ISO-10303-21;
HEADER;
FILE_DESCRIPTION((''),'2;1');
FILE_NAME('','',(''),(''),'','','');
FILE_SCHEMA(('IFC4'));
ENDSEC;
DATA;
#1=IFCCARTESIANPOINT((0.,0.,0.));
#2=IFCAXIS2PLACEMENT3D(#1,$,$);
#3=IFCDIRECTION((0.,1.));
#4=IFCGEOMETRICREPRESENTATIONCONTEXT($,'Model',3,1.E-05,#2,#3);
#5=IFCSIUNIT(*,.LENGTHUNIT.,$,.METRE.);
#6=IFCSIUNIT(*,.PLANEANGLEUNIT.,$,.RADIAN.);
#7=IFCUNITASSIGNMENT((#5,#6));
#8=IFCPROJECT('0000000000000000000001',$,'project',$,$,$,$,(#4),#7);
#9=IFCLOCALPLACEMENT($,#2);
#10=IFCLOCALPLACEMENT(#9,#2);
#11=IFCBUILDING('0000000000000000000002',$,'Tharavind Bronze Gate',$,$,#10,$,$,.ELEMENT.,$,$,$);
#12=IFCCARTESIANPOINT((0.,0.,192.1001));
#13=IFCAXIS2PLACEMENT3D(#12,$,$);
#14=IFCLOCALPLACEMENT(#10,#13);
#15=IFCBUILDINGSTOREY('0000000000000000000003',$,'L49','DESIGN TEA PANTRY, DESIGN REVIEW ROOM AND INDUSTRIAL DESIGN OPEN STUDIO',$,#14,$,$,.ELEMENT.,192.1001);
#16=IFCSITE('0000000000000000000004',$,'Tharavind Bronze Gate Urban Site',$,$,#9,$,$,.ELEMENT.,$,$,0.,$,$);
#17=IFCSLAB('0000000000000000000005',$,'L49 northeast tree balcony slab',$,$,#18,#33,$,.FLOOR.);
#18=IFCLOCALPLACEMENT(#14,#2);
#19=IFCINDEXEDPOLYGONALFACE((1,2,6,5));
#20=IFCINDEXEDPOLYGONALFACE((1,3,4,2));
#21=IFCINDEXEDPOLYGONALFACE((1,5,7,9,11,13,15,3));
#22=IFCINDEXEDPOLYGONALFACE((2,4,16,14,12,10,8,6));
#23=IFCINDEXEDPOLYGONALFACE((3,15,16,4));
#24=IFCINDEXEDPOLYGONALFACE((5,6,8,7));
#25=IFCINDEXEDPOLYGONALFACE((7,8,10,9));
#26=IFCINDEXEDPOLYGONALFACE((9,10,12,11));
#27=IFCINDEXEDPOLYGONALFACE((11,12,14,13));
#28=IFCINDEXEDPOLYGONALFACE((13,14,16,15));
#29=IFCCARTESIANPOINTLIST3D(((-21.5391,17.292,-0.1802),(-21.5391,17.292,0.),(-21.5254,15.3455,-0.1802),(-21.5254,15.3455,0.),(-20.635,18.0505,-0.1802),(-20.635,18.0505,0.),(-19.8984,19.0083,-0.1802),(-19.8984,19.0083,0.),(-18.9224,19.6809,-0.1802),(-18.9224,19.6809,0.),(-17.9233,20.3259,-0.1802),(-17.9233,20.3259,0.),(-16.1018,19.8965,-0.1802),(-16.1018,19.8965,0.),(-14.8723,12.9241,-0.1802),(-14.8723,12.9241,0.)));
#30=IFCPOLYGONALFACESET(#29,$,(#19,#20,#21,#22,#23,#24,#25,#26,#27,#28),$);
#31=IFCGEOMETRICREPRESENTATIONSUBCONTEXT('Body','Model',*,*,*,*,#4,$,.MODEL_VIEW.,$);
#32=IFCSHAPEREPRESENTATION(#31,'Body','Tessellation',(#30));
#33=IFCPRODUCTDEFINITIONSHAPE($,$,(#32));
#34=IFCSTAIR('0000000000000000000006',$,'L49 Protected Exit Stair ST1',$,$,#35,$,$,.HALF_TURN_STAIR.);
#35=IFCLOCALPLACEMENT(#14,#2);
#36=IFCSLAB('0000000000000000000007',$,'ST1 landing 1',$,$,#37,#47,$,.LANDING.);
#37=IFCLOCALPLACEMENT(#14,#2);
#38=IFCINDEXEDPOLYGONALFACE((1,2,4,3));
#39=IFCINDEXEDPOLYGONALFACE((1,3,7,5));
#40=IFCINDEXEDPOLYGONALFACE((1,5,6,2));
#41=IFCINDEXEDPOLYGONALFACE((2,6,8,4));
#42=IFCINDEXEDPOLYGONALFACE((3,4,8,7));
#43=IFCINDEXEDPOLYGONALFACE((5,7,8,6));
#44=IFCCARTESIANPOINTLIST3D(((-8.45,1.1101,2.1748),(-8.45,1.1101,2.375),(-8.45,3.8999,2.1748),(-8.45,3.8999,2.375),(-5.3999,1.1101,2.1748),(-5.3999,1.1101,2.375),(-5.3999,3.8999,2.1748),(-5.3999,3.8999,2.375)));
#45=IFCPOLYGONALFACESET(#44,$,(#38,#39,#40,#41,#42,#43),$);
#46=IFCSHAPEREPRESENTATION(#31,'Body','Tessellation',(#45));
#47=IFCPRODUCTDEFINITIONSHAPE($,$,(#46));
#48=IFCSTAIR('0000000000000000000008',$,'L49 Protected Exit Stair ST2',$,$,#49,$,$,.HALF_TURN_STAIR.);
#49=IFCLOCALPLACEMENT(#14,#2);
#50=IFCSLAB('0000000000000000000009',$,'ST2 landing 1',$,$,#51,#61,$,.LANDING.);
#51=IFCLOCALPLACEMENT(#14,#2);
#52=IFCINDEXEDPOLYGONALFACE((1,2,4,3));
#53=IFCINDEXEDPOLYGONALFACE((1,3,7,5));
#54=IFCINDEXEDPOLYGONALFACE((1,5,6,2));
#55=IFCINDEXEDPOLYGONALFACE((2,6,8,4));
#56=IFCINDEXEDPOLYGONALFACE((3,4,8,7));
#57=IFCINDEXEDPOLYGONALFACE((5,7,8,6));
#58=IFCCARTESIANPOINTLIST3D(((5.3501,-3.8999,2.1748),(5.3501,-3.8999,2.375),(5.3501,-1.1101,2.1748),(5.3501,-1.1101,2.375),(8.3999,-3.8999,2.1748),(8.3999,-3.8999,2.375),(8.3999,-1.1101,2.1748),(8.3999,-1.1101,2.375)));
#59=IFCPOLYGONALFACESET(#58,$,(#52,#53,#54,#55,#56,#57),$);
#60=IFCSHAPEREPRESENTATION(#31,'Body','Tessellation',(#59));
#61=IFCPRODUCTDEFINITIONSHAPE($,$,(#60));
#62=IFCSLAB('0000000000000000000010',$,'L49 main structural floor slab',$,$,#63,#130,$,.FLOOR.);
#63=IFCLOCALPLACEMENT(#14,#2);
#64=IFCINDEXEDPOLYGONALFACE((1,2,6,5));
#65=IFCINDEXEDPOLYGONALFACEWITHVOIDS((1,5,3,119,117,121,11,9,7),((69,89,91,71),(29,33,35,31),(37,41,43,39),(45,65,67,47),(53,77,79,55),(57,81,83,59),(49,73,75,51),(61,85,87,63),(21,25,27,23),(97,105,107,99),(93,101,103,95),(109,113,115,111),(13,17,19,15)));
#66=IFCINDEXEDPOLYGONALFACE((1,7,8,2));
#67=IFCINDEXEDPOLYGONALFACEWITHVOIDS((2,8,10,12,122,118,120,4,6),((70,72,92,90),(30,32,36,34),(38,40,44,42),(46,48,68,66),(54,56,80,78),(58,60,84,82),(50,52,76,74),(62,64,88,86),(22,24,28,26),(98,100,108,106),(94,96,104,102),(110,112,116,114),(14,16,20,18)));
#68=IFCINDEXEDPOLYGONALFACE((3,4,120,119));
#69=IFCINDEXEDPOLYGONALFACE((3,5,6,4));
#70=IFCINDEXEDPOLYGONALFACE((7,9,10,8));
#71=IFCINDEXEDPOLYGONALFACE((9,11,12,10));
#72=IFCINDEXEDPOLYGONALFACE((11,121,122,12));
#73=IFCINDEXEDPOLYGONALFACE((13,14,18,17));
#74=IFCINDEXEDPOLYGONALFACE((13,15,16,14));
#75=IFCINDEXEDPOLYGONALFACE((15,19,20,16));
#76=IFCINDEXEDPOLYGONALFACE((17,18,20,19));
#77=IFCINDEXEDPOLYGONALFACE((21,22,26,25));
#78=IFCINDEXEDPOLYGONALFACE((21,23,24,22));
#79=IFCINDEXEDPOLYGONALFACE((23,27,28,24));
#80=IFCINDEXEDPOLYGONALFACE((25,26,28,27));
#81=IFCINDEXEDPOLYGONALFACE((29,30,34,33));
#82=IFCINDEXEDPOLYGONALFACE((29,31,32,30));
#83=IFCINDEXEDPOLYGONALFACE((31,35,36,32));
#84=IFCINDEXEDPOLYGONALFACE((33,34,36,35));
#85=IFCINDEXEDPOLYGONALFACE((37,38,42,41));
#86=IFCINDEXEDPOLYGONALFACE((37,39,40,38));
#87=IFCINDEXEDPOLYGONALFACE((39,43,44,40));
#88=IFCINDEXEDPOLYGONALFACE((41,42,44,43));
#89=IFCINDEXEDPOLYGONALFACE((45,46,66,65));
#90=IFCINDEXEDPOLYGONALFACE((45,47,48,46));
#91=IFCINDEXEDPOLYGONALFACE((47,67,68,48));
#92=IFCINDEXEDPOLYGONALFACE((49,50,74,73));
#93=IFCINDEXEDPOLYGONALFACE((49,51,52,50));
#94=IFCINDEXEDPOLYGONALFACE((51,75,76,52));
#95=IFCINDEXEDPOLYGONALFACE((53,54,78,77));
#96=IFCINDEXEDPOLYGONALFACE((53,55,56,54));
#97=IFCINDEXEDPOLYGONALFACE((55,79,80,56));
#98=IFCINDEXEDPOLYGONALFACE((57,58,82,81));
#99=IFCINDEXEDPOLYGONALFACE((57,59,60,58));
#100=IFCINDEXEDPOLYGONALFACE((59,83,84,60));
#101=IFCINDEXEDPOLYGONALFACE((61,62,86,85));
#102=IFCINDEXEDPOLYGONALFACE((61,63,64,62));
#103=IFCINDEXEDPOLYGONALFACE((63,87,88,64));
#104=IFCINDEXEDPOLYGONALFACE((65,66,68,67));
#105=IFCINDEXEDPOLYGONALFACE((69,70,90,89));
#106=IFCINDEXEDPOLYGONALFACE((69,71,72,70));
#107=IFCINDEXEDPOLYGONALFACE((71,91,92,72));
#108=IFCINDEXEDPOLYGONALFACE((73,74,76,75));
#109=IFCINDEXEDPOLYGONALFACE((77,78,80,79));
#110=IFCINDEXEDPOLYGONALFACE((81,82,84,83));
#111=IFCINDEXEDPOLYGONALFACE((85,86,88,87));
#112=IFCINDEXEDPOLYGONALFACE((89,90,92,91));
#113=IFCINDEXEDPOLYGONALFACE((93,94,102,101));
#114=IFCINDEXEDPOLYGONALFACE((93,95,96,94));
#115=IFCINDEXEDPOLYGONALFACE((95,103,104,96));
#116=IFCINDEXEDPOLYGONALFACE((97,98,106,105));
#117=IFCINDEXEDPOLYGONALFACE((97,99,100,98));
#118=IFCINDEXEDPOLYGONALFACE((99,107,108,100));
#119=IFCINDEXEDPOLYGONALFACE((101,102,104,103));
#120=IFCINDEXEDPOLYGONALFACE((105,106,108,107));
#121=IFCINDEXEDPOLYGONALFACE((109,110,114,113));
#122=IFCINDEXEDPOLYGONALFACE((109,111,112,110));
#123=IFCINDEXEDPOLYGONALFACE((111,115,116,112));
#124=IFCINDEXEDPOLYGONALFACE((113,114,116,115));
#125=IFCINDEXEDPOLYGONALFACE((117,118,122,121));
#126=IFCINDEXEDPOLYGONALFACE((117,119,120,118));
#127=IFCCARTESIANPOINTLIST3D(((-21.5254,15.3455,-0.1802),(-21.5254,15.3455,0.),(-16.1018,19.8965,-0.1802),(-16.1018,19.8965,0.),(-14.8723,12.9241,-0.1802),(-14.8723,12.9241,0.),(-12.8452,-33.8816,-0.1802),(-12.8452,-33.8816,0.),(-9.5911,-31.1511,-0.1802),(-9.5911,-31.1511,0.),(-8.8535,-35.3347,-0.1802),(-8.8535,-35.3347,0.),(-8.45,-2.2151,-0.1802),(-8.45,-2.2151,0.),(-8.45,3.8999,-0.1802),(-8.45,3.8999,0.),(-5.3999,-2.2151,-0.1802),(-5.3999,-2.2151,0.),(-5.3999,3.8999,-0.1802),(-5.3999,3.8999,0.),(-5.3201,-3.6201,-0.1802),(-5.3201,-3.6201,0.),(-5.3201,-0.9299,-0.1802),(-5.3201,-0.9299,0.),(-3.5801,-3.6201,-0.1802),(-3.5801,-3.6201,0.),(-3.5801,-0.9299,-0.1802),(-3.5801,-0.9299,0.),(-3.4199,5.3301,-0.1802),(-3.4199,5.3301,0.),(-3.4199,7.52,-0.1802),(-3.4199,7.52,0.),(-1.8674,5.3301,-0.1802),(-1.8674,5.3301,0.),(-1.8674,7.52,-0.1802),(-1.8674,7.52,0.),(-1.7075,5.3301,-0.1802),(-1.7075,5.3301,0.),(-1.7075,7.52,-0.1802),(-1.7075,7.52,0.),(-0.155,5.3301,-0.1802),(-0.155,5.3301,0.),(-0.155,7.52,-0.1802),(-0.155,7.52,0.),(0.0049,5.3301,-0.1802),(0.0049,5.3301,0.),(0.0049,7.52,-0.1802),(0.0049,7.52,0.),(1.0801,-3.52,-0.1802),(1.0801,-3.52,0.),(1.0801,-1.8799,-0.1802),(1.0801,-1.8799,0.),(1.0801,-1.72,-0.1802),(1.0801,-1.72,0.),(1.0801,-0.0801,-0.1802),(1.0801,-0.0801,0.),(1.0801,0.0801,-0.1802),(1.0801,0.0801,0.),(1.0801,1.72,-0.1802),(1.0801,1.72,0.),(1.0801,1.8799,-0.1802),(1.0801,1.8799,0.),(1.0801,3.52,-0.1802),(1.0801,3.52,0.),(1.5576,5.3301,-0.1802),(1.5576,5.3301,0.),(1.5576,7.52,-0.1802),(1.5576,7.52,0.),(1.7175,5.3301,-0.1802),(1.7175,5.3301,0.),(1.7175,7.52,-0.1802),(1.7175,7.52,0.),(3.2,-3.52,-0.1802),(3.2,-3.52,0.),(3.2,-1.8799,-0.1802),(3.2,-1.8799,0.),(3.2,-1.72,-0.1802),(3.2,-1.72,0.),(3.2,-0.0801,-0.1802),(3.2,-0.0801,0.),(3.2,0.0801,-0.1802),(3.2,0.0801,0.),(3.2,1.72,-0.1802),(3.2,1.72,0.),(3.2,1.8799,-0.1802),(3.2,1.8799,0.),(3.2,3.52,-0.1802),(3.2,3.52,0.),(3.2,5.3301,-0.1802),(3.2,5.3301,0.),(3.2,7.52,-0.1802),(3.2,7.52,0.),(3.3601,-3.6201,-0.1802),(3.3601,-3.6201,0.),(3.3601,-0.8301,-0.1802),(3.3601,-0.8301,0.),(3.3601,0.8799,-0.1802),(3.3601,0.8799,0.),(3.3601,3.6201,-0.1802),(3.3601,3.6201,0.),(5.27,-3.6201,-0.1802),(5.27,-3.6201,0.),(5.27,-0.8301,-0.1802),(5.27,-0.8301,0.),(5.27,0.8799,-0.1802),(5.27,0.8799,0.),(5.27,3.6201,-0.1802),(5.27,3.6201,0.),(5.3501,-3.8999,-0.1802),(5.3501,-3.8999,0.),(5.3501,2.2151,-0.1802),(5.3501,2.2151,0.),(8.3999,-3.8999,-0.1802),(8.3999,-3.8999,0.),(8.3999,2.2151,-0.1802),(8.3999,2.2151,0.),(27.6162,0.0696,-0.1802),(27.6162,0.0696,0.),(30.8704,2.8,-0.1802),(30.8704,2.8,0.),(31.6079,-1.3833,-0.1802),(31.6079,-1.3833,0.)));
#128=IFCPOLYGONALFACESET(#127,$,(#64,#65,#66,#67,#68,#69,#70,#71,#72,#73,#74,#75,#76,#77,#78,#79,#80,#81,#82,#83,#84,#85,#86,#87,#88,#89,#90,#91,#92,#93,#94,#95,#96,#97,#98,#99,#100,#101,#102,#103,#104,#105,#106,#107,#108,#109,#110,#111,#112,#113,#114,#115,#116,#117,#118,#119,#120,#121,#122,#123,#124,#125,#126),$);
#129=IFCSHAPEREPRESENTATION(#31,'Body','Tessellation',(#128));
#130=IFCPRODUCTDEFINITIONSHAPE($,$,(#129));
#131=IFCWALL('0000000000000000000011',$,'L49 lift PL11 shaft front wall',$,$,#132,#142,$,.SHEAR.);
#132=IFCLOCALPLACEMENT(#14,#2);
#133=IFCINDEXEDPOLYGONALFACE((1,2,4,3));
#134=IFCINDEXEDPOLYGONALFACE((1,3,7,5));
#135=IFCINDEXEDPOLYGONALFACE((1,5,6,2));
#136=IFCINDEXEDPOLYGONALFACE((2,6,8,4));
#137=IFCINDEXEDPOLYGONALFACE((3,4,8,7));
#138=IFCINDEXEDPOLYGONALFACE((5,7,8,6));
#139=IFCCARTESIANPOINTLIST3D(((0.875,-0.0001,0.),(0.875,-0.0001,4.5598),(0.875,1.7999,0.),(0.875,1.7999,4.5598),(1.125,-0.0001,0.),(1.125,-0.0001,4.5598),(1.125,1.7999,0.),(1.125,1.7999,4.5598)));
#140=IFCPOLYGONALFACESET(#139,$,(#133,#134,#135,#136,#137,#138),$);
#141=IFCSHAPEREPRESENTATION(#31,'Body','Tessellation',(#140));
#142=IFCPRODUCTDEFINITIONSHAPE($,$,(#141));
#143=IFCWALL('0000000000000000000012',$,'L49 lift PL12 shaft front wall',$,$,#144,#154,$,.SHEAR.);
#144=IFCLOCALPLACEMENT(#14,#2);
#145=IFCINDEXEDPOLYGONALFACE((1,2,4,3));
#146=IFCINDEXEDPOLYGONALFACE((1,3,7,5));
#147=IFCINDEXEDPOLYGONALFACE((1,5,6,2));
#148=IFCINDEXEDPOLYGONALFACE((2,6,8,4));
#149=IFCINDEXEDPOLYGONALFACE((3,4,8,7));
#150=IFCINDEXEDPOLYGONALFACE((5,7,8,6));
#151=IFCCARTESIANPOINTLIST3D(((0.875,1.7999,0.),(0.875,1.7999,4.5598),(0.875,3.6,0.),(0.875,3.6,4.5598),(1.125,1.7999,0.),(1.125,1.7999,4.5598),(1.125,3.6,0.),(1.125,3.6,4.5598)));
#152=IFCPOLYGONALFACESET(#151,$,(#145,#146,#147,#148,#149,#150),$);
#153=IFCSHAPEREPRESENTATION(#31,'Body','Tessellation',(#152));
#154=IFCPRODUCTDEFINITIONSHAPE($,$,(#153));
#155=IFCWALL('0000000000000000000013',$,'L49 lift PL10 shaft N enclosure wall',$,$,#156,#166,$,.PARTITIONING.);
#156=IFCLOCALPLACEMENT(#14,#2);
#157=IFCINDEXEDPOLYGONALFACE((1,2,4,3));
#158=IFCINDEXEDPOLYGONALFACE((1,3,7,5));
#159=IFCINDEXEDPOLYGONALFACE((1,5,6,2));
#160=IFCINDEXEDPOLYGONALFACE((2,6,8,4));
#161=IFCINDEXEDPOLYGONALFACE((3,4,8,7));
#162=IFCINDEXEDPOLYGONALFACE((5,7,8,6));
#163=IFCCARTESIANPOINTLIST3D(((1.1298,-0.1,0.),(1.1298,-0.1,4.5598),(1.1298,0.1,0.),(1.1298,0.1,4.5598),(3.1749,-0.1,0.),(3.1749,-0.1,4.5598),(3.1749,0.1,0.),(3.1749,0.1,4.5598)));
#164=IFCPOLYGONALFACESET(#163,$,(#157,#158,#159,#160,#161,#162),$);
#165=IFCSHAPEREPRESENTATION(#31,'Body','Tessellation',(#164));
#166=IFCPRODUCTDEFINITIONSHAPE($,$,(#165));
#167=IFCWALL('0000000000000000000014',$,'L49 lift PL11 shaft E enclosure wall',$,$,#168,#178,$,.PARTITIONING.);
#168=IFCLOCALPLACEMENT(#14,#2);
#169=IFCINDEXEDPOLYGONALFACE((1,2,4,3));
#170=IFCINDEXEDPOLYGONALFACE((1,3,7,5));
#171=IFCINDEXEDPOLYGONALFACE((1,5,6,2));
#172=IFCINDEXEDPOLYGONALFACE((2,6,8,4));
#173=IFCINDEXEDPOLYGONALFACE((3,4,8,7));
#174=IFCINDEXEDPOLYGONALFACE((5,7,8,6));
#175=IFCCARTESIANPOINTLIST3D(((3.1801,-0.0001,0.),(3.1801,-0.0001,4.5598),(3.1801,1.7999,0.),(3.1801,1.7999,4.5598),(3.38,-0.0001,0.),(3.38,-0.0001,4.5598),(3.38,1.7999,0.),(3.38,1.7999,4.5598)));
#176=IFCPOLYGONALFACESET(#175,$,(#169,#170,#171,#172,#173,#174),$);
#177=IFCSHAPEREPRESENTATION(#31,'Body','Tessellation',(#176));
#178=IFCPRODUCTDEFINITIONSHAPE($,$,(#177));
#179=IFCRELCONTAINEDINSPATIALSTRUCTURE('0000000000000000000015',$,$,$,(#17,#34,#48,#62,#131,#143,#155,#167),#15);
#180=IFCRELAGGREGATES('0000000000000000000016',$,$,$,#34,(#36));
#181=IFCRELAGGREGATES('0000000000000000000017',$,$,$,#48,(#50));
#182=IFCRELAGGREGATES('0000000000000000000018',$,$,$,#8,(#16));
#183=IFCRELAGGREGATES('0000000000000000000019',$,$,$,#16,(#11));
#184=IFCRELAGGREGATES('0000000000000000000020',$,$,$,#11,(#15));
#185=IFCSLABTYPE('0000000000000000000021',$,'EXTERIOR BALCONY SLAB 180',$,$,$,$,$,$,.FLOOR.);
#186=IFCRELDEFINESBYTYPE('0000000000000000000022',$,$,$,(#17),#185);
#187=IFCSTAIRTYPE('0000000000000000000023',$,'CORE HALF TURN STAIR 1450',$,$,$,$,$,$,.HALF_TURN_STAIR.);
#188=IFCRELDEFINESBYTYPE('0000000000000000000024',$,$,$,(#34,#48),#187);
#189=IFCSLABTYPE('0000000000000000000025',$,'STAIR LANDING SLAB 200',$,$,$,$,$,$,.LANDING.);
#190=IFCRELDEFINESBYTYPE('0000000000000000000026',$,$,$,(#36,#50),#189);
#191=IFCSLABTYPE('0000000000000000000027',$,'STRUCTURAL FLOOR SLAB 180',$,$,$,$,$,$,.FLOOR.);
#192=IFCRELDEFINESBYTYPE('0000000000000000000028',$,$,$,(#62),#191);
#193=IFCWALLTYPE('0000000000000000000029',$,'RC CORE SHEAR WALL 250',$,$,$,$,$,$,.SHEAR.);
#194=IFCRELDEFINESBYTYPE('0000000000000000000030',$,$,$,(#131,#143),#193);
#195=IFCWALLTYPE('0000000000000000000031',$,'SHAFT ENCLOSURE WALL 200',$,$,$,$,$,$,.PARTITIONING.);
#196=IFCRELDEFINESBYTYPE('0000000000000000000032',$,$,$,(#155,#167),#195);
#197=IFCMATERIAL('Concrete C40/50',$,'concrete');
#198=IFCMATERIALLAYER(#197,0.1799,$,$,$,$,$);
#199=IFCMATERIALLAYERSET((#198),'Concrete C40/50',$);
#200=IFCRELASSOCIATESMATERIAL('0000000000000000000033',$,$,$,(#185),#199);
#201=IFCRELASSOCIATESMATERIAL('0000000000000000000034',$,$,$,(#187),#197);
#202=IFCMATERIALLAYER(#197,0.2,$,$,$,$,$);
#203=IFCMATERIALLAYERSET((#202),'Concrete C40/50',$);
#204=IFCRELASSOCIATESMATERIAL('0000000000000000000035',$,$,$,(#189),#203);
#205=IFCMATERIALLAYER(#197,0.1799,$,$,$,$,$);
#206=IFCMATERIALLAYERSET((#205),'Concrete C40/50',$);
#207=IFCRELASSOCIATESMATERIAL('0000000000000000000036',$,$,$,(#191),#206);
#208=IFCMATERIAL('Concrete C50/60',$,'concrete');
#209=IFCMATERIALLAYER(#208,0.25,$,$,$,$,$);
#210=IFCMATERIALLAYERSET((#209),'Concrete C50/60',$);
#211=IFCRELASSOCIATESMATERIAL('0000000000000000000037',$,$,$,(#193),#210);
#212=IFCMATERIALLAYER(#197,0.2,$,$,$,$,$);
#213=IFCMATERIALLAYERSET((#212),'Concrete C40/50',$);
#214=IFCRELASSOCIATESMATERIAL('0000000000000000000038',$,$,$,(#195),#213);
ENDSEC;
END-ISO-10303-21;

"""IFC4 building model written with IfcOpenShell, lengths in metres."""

from ifc_helpers import new_model, si_unit, direction, frame, frame_2d, origin, place, context, subcontext, project, spatial, polyline, rectangle, outline, extrude, material, layer, layer_set, type_object, element, aggregate, save


model = new_model("IFC4")

# Units and contexts
model_context = context("Model", 3, precision=1e-05, world=origin(), true_north=direction((0.0, 1.0)))
body_context = subcontext(model_context, "Body", "Model", "MODEL_VIEW")
ifc_project = project(units=[si_unit("LENGTHUNIT", "METRE"), si_unit("PLANEANGLEUNIT", "RADIAN")], contexts=[model_context])

# Site, building, storey
site_placement = place(None, origin())
site = spatial("IfcSite", under=ifc_project, at=site_placement, Name="Tharavind Bronze Gate Urban Site", CompositionType="ELEMENT", RefElevation=0.0)
building_placement = place(site_placement, origin())
building = spatial("IfcBuilding", under=site, at=building_placement, Name="Tharavind Bronze Gate", CompositionType="ELEMENT")
storey_placement = place(building_placement, frame((0.0, 0.0, 192.1001)))
storey = spatial("IfcBuildingStorey", under=building, at=storey_placement, Name="L49", Description="DESIGN TEA PANTRY, DESIGN REVIEW ROOM AND INDUSTRIAL DESIGN OPEN STUDIO", CompositionType="ELEMENT", Elevation=192.1001)

# Slab
ifc_material_1 = material(Name="Concrete C40/50", Category="concrete")
ifc_layer_1 = layer(ifc_material_1, 0.1799)
ifc_layer_set_1 = layer_set([ifc_layer_1], Name="Concrete C40/50")
slab_type_1 = type_object("IfcSlabType", Name="EXTERIOR BALCONY SLAB 180", PredefinedType="FLOOR", material=ifc_layer_set_1)
slab_1_placement = place(storey_placement, frame((0.0, 0.0, -0.1802)))
element("IfcSlab", 1, at=slab_1_placement, inside=storey, type_object=slab_type_1, Name="L49 northeast tree balcony slab", PredefinedType="FLOOR", context=body_context, shape_type="SweptSolid", body=[
    extrude(outline(polyline([(-17.9233, 20.3259), (-18.9224, 19.6809), (-19.8984, 19.0083), (-20.635, 18.0505), (-21.5391, 17.292), (-21.5254, 15.3455), (-14.8723, 12.9241), (-16.1018, 19.8965), (-17.9233, 20.3259)])), origin(), (0.0, 0.0, 1.0), 0.1802),
])

# Stairs, slabs
stair_type = type_object("IfcStairType", Name="CORE HALF TURN STAIR 1450", PredefinedType="HALF_TURN_STAIR", material=ifc_material_1)
stair_1_placement = place(storey_placement, origin())
stair_1 = element("IfcStair", 2, at=stair_1_placement, inside=storey, type_object=stair_type, Name="L49 Protected Exit Stair ST1", PredefinedType="HALF_TURN_STAIR")
ifc_layer_2 = layer(ifc_material_1, 0.2)
ifc_layer_set_2 = layer_set([ifc_layer_2], Name="Concrete C40/50")
slab_type_2 = type_object("IfcSlabType", Name="STAIR LANDING SLAB 200", PredefinedType="LANDING", material=ifc_layer_set_2)
slab_2_placement = place(storey_placement, frame((0.0, 0.0, 2.1748)))
slab_2 = element("IfcSlab", 3, at=slab_2_placement, type_object=slab_type_2, Name="ST1 landing 1", PredefinedType="LANDING", context=body_context, shape_type="SweptSolid", body=[
    extrude(outline(polyline([(-5.3999, 1.1101), (-5.3999, 3.8999), (-8.45, 3.8999), (-8.45, 1.1101), (-5.3999, 1.1101)])), origin(), (0.0, 0.0, 1.0), 0.2002),
])
aggregate(stair_1, [slab_2])
stair_2_placement = place(storey_placement, origin())
stair_2 = element("IfcStair", 4, at=stair_2_placement, inside=storey, type_object=stair_type, Name="L49 Protected Exit Stair ST2", PredefinedType="HALF_TURN_STAIR")
slab_3_placement = place(storey_placement, frame((0.0, 0.0, 2.1748)))
slab_3 = element("IfcSlab", 5, at=slab_3_placement, type_object=slab_type_2, Name="ST2 landing 1", PredefinedType="LANDING", context=body_context, shape_type="SweptSolid", body=[
    extrude(outline(polyline([(5.3501, -1.1101), (5.3501, -3.8999), (8.3999, -3.8999), (8.3999, -1.1101), (5.3501, -1.1101)])), origin(), (0.0, 0.0, 1.0), 0.2002),
])
aggregate(stair_2, [slab_3])

# Slab
ifc_layer_3 = layer(ifc_material_1, 0.1799)
ifc_layer_set_3 = layer_set([ifc_layer_3], Name="Concrete C40/50")
slab_type_3 = type_object("IfcSlabType", Name="STRUCTURAL FLOOR SLAB 180", PredefinedType="FLOOR", material=ifc_layer_set_3)
slab_4_placement = place(storey_placement, frame((0.0, 0.0, -0.1802)))
element("IfcSlab", 6, at=slab_4_placement, inside=storey, type_object=slab_type_3, Name="L49 main structural floor slab", PredefinedType="FLOOR", context=body_context, shape_type="SweptSolid", body=[
    extrude(outline(polyline([(-16.1018, 19.8965), (-14.8723, 12.9241), (-21.5254, 15.3455), (-12.8452, -33.8816), (-9.5911, -31.1511), (-8.8535, -35.3347), (31.6079, -1.3833), (27.6162, 0.0696), (30.8704, 2.8), (-16.1018, 19.8965)]), holes=[polyline([(-5.3999, -2.2151), (-5.3999, 3.8999), (-8.45, 3.8999), (-8.45, -2.2151), (-5.3999, -2.2151)]), polyline([(5.3501, 2.2151), (5.3501, -3.8999), (8.3999, -3.8999), (8.3999, 2.2151), (5.3501, 2.2151)]), polyline([(-3.4199, 5.3301), (-1.8674, 5.3301), (-1.8674, 7.52), (-3.4199, 7.52), (-3.4199, 5.3301)]), polyline([(-1.7075, 5.3301), (-0.155, 5.3301), (-0.155, 7.52), (-1.7075, 7.52), (-1.7075, 5.3301)]), polyline([(0.0049, 5.3301), (1.5576, 5.3301), (1.5576, 7.52), (0.0049, 7.52), (0.0049, 5.3301)]), polyline([(1.7175, 5.3301), (3.2, 5.3301), (3.2, 7.52), (1.7175, 7.52), (1.7175, 5.3301)]), polyline([(1.0801, -3.52), (3.2, -3.52), (3.2, -1.8799), (1.0801, -1.8799), (1.0801, -3.52)]), polyline([(1.0801, -1.72), (3.2, -1.72), (3.2, -0.0801), (1.0801, -0.0801), (1.0801, -1.72)]), polyline([(1.0801, 0.0801), (3.2, 0.0801), (3.2, 1.72), (1.0801, 1.72), (1.0801, 0.0801)]), polyline([(1.0801, 1.8799), (3.2, 1.8799), (3.2, 3.52), (1.0801, 3.52), (1.0801, 1.8799)]), polyline([(-5.3201, -3.6201), (-3.5801, -3.6201), (-3.5801, -0.9299), (-5.3201, -0.9299), (-5.3201, -3.6201)]), polyline([(3.3601, 0.8799), (5.27, 0.8799), (5.27, 3.6201), (3.3601, 3.6201), (3.3601, 0.8799)]), polyline([(3.3601, -3.6201), (5.27, -3.6201), (5.27, -0.8301), (3.3601, -0.8301), (3.3601, -3.6201)])]), origin(), (0.0, 0.0, 1.0), 0.1802),
])

# Walls
ifc_material_2 = material(Name="Concrete C50/60", Category="concrete")
ifc_layer_4 = layer(ifc_material_2, 0.25)
ifc_layer_set_4 = layer_set([ifc_layer_4], Name="Concrete C50/60")
wall_type_1 = type_object("IfcWallType", Name="RC CORE SHEAR WALL 250", PredefinedType="SHEAR", material=ifc_layer_set_4)
for number, where, z_axis, x_axis, name in (
    (7, (1.0, 0.0, 0.0), (0.0, 0.0, 1.0), (0.0, 1.0, 0.0), "L49 lift PL11 shaft front wall"),
    (8, (1.0, 1.8, 0.0), (0.0, 0.0, 1.0), (0.0, 1.0, 0.0), "L49 lift PL12 shaft front wall"),
):
    element("IfcWall", number, at=place(storey_placement, frame(where, z_axis=z_axis, x_axis=x_axis)), inside=storey, type_object=wall_type_1, Name=name, PredefinedType="SHEAR", context=body_context, shape_type="SweptSolid", body=[
        extrude(rectangle(XDim=1.8, YDim=0.25, at=frame_2d((0.8999, 0.0))), origin(), (0.0, 0.0, 1.0), 4.5598),
    ])
ifc_layer_5 = layer(ifc_material_1, 0.2)
ifc_layer_set_5 = layer_set([ifc_layer_5], Name="Concrete C40/50")
wall_type_2 = type_object("IfcWallType", Name="SHAFT ENCLOSURE WALL 200", PredefinedType="PARTITIONING", material=ifc_layer_set_5)
wall_1_placement = place(storey_placement, frame((1.1299, 0.0, 0.0), z_axis=(0.0, 0.0, 1.0), x_axis=(1.0, 0.0, 0.0)))
element("IfcWall", 9, at=wall_1_placement, inside=storey, type_object=wall_type_2, Name="L49 lift PL10 shaft N enclosure wall", PredefinedType="PARTITIONING", context=body_context, shape_type="SweptSolid", body=[
    extrude(rectangle(XDim=2.0452, YDim=0.2, at=frame_2d((1.0225, 0.0))), origin(), (0.0, 0.0, 1.0), 4.5598),
])
wall_2_placement = place(storey_placement, frame((3.28, 0.0, 0.0), z_axis=(0.0, 0.0, 1.0), x_axis=(0.0, 1.0, 0.0)))
element("IfcWall", 10, at=wall_2_placement, inside=storey, type_object=wall_type_2, Name="L49 lift PL11 shaft E enclosure wall", PredefinedType="PARTITIONING", context=body_context, shape_type="SweptSolid", body=[
    extrude(rectangle(XDim=1.8, YDim=0.2, at=frame_2d((0.8999, 0.0))), origin(), (0.0, 0.0, 1.0), 4.5598),
])

save(model, "model.ifc")
